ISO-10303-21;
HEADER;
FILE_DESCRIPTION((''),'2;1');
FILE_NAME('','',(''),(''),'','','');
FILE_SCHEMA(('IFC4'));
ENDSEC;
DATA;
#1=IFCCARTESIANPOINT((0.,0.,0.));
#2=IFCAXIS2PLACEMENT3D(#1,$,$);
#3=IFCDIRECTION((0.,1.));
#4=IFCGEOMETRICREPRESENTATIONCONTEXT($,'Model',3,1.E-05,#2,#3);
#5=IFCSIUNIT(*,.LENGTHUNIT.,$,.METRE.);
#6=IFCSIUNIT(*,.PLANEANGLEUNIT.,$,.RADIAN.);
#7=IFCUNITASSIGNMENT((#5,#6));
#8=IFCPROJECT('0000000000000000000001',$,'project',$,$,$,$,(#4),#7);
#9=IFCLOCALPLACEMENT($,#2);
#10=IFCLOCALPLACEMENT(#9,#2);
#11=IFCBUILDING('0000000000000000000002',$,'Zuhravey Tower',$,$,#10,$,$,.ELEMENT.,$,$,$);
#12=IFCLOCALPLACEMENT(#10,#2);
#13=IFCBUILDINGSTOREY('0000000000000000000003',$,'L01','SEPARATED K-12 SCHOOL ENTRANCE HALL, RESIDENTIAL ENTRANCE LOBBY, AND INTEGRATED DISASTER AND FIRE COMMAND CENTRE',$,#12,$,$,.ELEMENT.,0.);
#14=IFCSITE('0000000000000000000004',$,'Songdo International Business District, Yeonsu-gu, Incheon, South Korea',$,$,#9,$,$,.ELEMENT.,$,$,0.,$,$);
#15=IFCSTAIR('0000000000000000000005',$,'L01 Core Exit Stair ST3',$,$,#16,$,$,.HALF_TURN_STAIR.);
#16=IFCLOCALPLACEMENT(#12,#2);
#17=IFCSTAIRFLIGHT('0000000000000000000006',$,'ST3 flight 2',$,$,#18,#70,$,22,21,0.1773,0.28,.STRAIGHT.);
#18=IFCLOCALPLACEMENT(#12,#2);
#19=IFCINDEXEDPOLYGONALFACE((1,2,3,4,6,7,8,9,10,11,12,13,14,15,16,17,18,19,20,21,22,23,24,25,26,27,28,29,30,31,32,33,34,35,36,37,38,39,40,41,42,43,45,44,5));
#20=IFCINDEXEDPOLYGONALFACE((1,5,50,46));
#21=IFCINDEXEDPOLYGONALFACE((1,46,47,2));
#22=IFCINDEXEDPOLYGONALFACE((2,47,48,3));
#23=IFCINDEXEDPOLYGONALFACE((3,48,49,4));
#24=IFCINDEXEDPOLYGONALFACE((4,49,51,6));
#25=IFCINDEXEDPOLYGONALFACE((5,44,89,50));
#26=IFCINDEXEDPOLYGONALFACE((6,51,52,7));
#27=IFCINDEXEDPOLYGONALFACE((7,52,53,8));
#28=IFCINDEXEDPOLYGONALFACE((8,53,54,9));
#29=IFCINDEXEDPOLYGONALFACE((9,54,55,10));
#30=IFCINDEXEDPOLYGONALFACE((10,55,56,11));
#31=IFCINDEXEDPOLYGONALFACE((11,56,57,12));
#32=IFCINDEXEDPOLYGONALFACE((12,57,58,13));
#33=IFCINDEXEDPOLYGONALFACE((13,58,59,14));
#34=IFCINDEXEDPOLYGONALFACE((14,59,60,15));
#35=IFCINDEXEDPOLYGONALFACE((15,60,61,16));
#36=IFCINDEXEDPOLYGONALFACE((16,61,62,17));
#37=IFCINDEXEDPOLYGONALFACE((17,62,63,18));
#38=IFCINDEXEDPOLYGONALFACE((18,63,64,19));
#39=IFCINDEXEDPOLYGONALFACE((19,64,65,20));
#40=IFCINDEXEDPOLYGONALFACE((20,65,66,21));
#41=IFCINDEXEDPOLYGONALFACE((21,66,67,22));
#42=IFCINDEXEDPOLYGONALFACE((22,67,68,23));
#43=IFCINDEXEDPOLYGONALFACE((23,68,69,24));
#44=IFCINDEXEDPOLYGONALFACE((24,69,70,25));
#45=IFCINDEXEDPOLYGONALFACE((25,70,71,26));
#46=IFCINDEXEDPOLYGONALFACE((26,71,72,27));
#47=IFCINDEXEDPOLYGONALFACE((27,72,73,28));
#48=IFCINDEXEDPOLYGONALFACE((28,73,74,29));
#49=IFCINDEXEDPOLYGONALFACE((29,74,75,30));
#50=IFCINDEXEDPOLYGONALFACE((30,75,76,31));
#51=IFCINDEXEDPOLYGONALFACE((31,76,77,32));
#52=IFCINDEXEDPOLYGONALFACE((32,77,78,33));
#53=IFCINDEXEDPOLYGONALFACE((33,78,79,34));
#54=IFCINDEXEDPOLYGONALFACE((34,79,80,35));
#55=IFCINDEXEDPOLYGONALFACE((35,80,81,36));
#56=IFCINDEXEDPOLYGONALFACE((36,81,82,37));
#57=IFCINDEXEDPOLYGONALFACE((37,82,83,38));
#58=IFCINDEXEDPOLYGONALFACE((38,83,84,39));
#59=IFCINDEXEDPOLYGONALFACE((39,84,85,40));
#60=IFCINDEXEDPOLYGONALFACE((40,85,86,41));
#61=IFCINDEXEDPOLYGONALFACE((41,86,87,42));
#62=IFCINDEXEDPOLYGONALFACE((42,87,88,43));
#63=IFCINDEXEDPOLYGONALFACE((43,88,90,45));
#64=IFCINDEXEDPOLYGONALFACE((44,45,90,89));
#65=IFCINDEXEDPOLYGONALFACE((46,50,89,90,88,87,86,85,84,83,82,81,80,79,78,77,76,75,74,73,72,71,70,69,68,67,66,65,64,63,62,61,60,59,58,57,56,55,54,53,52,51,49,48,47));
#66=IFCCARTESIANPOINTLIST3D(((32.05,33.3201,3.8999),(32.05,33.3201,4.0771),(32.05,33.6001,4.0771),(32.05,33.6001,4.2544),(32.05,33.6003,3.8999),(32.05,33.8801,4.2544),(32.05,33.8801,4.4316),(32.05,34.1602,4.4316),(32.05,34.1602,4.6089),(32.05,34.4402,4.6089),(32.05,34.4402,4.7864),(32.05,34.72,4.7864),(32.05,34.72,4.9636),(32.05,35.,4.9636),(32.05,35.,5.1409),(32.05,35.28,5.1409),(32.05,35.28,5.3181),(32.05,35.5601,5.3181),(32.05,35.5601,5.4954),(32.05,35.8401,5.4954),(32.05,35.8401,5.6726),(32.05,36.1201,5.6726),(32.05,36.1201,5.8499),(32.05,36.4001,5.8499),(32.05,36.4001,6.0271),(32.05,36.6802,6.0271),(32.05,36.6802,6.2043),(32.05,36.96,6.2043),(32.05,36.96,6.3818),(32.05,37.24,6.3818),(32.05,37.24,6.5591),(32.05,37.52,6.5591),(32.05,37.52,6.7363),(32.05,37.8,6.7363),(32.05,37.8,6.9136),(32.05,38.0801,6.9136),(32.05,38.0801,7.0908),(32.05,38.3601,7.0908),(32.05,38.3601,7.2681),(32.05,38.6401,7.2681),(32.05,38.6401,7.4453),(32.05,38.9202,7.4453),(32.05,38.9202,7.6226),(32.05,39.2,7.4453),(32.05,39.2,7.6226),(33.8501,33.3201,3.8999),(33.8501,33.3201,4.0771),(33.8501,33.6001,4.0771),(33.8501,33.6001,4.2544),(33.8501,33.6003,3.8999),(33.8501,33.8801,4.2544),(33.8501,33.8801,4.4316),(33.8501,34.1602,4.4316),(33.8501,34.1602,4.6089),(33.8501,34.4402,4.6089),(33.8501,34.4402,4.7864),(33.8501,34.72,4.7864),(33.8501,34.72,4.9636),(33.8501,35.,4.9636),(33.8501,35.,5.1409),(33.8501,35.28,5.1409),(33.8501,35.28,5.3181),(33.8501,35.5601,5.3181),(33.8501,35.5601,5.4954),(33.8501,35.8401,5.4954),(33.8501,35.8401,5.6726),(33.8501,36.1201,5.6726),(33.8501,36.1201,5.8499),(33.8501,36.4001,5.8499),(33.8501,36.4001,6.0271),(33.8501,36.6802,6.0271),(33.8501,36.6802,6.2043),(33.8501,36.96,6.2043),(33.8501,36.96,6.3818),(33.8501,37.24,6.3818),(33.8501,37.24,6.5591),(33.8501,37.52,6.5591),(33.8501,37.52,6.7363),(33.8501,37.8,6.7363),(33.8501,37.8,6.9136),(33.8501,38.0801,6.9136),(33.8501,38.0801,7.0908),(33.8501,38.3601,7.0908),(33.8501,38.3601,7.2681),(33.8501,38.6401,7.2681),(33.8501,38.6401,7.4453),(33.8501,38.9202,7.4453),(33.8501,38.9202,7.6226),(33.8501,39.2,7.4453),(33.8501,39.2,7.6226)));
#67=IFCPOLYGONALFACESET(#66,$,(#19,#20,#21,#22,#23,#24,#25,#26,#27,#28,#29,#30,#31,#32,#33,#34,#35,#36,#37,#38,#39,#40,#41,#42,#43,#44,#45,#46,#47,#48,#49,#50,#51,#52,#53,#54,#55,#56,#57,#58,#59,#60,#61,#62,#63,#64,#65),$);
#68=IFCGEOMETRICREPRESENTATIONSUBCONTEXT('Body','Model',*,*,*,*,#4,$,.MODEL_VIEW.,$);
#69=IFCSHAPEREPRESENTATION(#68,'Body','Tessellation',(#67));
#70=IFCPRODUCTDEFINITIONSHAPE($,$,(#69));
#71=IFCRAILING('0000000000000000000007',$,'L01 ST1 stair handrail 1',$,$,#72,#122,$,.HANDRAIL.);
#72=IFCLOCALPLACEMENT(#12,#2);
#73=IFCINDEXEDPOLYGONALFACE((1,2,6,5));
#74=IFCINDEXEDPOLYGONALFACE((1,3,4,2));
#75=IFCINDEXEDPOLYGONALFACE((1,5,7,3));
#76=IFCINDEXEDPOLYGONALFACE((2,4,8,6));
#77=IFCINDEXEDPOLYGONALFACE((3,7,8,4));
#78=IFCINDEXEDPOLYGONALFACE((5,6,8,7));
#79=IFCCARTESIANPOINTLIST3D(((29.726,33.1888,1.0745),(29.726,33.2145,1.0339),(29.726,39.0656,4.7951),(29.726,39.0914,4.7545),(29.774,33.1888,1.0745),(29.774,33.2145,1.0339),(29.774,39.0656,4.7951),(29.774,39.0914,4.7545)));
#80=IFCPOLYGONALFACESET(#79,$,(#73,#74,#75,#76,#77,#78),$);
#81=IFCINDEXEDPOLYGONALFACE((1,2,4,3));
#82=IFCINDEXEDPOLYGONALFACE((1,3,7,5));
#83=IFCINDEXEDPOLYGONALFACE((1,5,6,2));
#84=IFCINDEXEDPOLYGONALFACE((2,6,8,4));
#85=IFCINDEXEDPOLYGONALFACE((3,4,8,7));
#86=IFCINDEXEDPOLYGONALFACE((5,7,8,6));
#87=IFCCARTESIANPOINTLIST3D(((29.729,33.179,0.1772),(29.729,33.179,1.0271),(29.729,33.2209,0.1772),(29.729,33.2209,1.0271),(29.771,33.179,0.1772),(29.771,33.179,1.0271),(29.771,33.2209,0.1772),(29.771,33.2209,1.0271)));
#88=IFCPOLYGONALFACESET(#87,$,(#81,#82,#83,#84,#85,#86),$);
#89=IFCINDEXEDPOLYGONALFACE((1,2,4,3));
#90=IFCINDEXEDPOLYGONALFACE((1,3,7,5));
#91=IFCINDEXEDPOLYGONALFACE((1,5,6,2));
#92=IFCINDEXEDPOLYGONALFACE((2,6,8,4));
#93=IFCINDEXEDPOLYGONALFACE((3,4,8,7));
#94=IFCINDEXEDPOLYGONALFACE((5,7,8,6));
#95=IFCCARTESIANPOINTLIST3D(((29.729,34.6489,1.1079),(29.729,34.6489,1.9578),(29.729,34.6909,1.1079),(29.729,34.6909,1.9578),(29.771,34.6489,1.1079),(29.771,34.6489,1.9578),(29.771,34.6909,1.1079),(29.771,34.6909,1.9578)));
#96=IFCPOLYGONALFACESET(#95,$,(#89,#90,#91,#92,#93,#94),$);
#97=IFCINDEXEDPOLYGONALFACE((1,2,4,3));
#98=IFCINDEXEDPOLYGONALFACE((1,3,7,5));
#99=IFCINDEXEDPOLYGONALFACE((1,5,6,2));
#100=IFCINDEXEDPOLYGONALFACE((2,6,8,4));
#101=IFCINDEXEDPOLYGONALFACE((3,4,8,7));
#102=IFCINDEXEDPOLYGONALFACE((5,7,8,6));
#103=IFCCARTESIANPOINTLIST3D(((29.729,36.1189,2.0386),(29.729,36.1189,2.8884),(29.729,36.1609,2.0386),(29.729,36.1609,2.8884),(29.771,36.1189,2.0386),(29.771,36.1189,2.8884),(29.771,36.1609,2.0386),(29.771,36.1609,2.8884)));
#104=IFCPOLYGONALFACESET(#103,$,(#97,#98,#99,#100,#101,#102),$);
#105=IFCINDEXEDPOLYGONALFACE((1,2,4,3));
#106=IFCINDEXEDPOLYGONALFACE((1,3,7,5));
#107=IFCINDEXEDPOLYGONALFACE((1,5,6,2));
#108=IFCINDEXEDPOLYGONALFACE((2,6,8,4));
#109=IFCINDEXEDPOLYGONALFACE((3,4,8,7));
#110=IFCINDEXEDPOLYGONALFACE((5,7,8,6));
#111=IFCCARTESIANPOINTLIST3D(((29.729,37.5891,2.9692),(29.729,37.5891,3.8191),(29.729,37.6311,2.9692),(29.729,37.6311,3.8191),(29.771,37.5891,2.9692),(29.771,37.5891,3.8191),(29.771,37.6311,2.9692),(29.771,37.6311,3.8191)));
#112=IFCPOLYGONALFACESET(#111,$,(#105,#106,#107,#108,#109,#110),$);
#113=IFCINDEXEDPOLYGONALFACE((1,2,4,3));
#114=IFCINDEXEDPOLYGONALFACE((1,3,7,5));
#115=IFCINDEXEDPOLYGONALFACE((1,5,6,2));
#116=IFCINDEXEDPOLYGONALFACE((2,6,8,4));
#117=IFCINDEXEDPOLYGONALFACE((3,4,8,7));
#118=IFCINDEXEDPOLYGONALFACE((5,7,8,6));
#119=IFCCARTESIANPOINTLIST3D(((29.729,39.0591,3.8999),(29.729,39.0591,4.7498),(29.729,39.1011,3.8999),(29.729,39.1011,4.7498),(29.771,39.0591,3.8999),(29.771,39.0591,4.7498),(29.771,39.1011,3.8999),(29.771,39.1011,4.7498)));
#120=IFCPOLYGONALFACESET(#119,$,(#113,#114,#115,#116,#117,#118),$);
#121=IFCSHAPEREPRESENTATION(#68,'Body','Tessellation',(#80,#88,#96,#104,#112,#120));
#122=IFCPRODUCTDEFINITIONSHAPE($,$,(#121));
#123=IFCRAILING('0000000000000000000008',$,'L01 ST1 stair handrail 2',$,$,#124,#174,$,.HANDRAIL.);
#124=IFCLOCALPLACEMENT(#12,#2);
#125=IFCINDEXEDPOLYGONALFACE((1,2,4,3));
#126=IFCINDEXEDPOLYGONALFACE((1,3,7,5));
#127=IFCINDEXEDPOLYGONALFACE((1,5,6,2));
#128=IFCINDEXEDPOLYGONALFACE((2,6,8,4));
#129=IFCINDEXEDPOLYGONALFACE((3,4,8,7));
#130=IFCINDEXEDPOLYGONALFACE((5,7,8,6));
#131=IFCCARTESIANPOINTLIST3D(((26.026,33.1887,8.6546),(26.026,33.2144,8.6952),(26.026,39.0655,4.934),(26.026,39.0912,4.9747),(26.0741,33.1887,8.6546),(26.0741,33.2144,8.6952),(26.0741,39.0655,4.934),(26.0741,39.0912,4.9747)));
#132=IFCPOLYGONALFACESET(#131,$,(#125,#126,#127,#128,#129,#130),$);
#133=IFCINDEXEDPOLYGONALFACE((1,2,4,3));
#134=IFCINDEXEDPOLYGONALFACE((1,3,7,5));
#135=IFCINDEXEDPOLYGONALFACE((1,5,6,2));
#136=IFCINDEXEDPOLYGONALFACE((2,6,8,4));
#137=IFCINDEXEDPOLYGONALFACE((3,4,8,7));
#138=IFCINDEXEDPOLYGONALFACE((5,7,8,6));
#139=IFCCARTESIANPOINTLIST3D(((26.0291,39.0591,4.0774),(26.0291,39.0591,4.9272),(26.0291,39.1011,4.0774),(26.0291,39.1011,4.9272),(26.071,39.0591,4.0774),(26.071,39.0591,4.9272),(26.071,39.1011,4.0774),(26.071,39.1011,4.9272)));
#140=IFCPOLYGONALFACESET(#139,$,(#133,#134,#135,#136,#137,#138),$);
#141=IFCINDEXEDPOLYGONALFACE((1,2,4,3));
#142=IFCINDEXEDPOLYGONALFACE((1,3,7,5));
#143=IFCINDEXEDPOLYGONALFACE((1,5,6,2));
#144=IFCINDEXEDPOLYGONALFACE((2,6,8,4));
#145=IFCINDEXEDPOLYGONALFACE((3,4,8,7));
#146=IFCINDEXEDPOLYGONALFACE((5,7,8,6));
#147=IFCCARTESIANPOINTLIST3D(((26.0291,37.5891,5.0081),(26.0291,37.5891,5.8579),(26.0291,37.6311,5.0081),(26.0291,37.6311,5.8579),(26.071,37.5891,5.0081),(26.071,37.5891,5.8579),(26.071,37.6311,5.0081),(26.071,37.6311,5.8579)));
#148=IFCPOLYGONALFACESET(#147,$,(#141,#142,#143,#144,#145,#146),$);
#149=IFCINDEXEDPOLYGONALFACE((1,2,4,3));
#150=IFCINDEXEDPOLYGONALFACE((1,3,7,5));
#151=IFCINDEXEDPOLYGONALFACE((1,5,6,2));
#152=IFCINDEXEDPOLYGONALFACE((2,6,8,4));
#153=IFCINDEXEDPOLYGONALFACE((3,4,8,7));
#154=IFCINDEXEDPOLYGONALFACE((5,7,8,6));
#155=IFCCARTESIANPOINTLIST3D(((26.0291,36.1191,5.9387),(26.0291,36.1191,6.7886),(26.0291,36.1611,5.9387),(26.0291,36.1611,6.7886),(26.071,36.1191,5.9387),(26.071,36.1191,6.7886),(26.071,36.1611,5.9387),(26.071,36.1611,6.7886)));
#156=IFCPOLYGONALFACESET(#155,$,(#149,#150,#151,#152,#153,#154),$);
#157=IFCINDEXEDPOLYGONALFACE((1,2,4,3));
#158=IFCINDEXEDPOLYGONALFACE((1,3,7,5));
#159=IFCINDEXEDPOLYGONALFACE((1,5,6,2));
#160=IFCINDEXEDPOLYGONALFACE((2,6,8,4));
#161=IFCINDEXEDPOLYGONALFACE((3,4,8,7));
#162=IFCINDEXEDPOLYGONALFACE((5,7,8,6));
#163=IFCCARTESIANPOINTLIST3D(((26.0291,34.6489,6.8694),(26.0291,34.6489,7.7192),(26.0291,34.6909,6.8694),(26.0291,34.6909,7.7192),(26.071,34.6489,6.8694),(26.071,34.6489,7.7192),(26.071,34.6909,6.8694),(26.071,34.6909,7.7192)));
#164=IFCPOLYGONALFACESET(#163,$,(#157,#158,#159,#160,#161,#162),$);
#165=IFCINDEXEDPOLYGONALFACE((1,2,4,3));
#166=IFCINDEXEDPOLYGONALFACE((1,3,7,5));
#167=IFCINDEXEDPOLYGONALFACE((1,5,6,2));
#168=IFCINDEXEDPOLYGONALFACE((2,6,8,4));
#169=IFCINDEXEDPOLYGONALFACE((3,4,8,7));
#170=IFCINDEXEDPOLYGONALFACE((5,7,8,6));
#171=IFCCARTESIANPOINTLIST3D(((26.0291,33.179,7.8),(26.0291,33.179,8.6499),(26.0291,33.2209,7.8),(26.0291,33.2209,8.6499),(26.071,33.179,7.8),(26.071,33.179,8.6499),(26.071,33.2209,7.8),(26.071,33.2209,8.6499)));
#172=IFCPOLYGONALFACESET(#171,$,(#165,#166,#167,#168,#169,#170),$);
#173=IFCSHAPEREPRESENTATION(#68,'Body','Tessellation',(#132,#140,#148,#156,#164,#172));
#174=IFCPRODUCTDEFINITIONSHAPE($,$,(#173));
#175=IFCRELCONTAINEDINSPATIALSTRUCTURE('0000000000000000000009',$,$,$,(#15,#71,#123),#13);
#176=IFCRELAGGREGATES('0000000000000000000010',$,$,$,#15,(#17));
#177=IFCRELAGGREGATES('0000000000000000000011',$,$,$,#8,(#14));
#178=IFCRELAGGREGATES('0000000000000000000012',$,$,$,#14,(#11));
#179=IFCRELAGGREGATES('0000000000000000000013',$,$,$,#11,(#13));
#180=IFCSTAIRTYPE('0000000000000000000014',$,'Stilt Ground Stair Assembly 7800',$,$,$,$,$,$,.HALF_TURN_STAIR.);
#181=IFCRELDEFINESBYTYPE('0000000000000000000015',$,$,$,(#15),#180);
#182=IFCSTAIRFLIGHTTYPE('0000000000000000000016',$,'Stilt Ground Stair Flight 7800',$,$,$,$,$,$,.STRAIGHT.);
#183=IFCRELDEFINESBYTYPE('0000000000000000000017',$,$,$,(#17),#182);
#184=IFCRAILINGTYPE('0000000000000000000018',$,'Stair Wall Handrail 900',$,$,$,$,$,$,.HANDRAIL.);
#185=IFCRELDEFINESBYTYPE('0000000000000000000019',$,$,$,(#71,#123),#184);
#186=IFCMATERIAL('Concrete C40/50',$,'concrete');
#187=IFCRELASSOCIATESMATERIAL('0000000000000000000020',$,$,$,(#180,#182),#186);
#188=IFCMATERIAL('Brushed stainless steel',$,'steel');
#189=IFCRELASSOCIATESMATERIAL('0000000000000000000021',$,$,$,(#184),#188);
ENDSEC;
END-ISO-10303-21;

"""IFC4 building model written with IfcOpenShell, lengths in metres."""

from ifc_helpers import new_model, si_unit, direction, frame, origin, origin_2d, place, context, subcontext, project, spatial, polyline, rectangle, outline, extrude, material, type_object, element, aggregate, save


model = new_model("IFC4")

# Units and contexts
model_context = context("Model", 3, precision=1e-05, world=origin(), true_north=direction((0.0, 1.0)))
body_context = subcontext(model_context, "Body", "Model", "MODEL_VIEW")
ifc_project = project(units=[si_unit("LENGTHUNIT", "METRE"), si_unit("PLANEANGLEUNIT", "RADIAN")], contexts=[model_context])

# Site, building, storey
site_placement = place(None, origin())
site = spatial("IfcSite", under=ifc_project, at=site_placement, Name="Songdo International Business District, Yeonsu-gu, Incheon, South Korea", CompositionType="ELEMENT", RefElevation=0.0)
building_placement = place(site_placement, origin())
building = spatial("IfcBuilding", under=site, at=building_placement, Name="Zuhravey Tower", CompositionType="ELEMENT")
storey_placement = place(building_placement, origin())
storey = spatial("IfcBuildingStorey", under=building, at=storey_placement, Name="L01", Description="SEPARATED K-12 SCHOOL ENTRANCE HALL, RESIDENTIAL ENTRANCE LOBBY, AND INTEGRATED DISASTER AND FIRE COMMAND CENTRE", CompositionType="ELEMENT", Elevation=0.0)

# Stair, stair flight
ifc_material_1 = material(Name="Concrete C40/50", Category="concrete")
stair_type = type_object("IfcStairType", Name="Stilt Ground Stair Assembly 7800", PredefinedType="HALF_TURN_STAIR", material=ifc_material_1)
stair_flight_type = type_object("IfcStairFlightType", Name="Stilt Ground Stair Flight 7800", PredefinedType="STRAIGHT", material=ifc_material_1)
stair_1_placement = place(storey_placement, origin())
stair_1 = element("IfcStair", 1, at=stair_1_placement, inside=storey, type_object=stair_type, Name="L01 Core Exit Stair ST3", PredefinedType="HALF_TURN_STAIR")
stair_flight_1_placement = place(storey_placement, frame((32.95, 33.3201, 3.8999), z_axis=(0.0, 0.0, 1.0), x_axis=(0.0, 1.0, 0.0)))
stair_flight_1 = element("IfcStairFlight", 2, at=stair_flight_1_placement, type_object=stair_flight_type, Name="ST3 flight 2", NumberOfRisers=22, NumberOfTreads=21, PredefinedType="STRAIGHT", RiserHeight=0.1773, TreadLength=0.28, context=body_context, shape_type="SweptSolid", body=[
    extrude(outline(polyline([(0.0, 0.0), (0.0, 0.1772), (0.28, 0.1772), (0.28, 0.3545), (0.5601, 0.3545), (0.5601, 0.5317), (0.8401, 0.5317), (0.8401, 0.709), (1.1201, 0.709), (1.1201, 0.8865), (1.3999, 0.8865), (1.3999, 1.0637), (1.6799, 1.0637), (1.6799, 1.241), (1.96, 1.241), (1.96, 1.4182), (2.24, 1.4182), (2.24, 1.5955), (2.52, 1.5955), (2.52, 1.7727), (2.8, 1.7727), (2.8, 1.95), (3.0801, 1.95), (3.0801, 2.1272), (3.3601, 2.1272), (3.3601, 2.3044), (3.6399, 2.3044), (3.6399, 2.4819), (3.9199, 2.4819), (3.9199, 2.6592), (4.2, 2.6592), (4.2, 2.8364), (4.48, 2.8364), (4.48, 3.0137), (4.76, 3.0137), (4.76, 3.1909), (5.04, 3.1909), (5.04, 3.3682), (5.3201, 3.3682), (5.3201, 3.5454), (5.6001, 3.5454), (5.6001, 3.7227), (5.8799, 3.7227), (5.8799, 3.8999), (5.8799, 3.5454), (0.2803, 0.0), (0.0, 0.0)])), frame((0.0, 0.8999, 0.0), z_axis=(0.0, -1.0, 0.0), x_axis=(1.0, 0.0, 0.0)), (0.0, 0.0, 1.0), 1.8),
])
aggregate(stair_1, [stair_flight_1])

# Railings
ifc_material_2 = material(Name="Brushed stainless steel", Category="steel")
railing_type_1 = type_object("IfcRailingType", Name="Stair Wall Handrail 900", PredefinedType="HANDRAIL", material=ifc_material_2)
railing_1_placement = place(storey_placement, frame((29.75, 33.2, 0.1772)))
element("IfcRailing", 3, at=railing_1_placement, inside=storey, type_object=railing_type_1, Name="L01 ST1 stair handrail 1", PredefinedType="HANDRAIL", context=body_context, shape_type="SweptSolid", body=[
    extrude(rectangle(XDim=0.0481, YDim=0.0481, at=origin_2d()), frame((0.0, 0.0017, 0.877), z_axis=(0.0, 0.844912, 0.534906), x_axis=(-1.0, 0.0, 0.0)), (0.0, 0.0, 1.0), 6.9556),
    extrude(rectangle(XDim=0.042, YDim=0.042, at=origin_2d()), origin(), (0.0, 0.0, 1.0), 0.8499),
    extrude(rectangle(XDim=0.042, YDim=0.042, at=origin_2d()), frame((0.0, 1.47, 0.9307)), (0.0, 0.0, 1.0), 0.8499),
    extrude(rectangle(XDim=0.042, YDim=0.042, at=origin_2d()), frame((0.0, 2.9399, 1.8613)), (0.0, 0.0, 1.0), 0.8499),
    extrude(rectangle(XDim=0.042, YDim=0.042, at=origin_2d()), frame((0.0, 4.4102, 2.792)), (0.0, 0.0, 1.0), 0.8499),
    extrude(rectangle(XDim=0.042, YDim=0.042, at=origin_2d()), frame((0.0, 5.8801, 3.7227)), (0.0, 0.0, 1.0), 0.8499),
])
railing_2_placement = place(storey_placement, frame((26.05, 39.0801, 4.0774)))
element("IfcRailing", 4, at=railing_2_placement, inside=storey, type_object=railing_type_1, Name="L01 ST1 stair handrail 2", PredefinedType="HANDRAIL", context=body_context, shape_type="SweptSolid", body=[
    extrude(rectangle(XDim=0.0481, YDim=0.0481, at=origin_2d()), frame((0.0, -0.0017, 0.877), z_axis=(0.0, -0.844912, 0.534906), x_axis=(1.0, 0.0, 0.0)), (0.0, 0.0, 1.0), 6.9556),
    extrude(rectangle(XDim=0.042, YDim=0.042, at=origin_2d()), origin(), (0.0, 0.0, 1.0), 0.8499),
    extrude(rectangle(XDim=0.042, YDim=0.042, at=origin_2d()), frame((0.0, -1.47, 0.9307)), (0.0, 0.0, 1.0), 0.8499),
    extrude(rectangle(XDim=0.042, YDim=0.042, at=origin_2d()), frame((0.0, -2.9399, 1.8613)), (0.0, 0.0, 1.0), 0.8499),
    extrude(rectangle(XDim=0.042, YDim=0.042, at=origin_2d()), frame((0.0, -4.4102, 2.792)), (0.0, 0.0, 1.0), 0.8499),
    extrude(rectangle(XDim=0.042, YDim=0.042, at=origin_2d()), frame((0.0, -5.8801, 3.7227)), (0.0, 0.0, 1.0), 0.8499),
])

save(model, "model.ifc")
